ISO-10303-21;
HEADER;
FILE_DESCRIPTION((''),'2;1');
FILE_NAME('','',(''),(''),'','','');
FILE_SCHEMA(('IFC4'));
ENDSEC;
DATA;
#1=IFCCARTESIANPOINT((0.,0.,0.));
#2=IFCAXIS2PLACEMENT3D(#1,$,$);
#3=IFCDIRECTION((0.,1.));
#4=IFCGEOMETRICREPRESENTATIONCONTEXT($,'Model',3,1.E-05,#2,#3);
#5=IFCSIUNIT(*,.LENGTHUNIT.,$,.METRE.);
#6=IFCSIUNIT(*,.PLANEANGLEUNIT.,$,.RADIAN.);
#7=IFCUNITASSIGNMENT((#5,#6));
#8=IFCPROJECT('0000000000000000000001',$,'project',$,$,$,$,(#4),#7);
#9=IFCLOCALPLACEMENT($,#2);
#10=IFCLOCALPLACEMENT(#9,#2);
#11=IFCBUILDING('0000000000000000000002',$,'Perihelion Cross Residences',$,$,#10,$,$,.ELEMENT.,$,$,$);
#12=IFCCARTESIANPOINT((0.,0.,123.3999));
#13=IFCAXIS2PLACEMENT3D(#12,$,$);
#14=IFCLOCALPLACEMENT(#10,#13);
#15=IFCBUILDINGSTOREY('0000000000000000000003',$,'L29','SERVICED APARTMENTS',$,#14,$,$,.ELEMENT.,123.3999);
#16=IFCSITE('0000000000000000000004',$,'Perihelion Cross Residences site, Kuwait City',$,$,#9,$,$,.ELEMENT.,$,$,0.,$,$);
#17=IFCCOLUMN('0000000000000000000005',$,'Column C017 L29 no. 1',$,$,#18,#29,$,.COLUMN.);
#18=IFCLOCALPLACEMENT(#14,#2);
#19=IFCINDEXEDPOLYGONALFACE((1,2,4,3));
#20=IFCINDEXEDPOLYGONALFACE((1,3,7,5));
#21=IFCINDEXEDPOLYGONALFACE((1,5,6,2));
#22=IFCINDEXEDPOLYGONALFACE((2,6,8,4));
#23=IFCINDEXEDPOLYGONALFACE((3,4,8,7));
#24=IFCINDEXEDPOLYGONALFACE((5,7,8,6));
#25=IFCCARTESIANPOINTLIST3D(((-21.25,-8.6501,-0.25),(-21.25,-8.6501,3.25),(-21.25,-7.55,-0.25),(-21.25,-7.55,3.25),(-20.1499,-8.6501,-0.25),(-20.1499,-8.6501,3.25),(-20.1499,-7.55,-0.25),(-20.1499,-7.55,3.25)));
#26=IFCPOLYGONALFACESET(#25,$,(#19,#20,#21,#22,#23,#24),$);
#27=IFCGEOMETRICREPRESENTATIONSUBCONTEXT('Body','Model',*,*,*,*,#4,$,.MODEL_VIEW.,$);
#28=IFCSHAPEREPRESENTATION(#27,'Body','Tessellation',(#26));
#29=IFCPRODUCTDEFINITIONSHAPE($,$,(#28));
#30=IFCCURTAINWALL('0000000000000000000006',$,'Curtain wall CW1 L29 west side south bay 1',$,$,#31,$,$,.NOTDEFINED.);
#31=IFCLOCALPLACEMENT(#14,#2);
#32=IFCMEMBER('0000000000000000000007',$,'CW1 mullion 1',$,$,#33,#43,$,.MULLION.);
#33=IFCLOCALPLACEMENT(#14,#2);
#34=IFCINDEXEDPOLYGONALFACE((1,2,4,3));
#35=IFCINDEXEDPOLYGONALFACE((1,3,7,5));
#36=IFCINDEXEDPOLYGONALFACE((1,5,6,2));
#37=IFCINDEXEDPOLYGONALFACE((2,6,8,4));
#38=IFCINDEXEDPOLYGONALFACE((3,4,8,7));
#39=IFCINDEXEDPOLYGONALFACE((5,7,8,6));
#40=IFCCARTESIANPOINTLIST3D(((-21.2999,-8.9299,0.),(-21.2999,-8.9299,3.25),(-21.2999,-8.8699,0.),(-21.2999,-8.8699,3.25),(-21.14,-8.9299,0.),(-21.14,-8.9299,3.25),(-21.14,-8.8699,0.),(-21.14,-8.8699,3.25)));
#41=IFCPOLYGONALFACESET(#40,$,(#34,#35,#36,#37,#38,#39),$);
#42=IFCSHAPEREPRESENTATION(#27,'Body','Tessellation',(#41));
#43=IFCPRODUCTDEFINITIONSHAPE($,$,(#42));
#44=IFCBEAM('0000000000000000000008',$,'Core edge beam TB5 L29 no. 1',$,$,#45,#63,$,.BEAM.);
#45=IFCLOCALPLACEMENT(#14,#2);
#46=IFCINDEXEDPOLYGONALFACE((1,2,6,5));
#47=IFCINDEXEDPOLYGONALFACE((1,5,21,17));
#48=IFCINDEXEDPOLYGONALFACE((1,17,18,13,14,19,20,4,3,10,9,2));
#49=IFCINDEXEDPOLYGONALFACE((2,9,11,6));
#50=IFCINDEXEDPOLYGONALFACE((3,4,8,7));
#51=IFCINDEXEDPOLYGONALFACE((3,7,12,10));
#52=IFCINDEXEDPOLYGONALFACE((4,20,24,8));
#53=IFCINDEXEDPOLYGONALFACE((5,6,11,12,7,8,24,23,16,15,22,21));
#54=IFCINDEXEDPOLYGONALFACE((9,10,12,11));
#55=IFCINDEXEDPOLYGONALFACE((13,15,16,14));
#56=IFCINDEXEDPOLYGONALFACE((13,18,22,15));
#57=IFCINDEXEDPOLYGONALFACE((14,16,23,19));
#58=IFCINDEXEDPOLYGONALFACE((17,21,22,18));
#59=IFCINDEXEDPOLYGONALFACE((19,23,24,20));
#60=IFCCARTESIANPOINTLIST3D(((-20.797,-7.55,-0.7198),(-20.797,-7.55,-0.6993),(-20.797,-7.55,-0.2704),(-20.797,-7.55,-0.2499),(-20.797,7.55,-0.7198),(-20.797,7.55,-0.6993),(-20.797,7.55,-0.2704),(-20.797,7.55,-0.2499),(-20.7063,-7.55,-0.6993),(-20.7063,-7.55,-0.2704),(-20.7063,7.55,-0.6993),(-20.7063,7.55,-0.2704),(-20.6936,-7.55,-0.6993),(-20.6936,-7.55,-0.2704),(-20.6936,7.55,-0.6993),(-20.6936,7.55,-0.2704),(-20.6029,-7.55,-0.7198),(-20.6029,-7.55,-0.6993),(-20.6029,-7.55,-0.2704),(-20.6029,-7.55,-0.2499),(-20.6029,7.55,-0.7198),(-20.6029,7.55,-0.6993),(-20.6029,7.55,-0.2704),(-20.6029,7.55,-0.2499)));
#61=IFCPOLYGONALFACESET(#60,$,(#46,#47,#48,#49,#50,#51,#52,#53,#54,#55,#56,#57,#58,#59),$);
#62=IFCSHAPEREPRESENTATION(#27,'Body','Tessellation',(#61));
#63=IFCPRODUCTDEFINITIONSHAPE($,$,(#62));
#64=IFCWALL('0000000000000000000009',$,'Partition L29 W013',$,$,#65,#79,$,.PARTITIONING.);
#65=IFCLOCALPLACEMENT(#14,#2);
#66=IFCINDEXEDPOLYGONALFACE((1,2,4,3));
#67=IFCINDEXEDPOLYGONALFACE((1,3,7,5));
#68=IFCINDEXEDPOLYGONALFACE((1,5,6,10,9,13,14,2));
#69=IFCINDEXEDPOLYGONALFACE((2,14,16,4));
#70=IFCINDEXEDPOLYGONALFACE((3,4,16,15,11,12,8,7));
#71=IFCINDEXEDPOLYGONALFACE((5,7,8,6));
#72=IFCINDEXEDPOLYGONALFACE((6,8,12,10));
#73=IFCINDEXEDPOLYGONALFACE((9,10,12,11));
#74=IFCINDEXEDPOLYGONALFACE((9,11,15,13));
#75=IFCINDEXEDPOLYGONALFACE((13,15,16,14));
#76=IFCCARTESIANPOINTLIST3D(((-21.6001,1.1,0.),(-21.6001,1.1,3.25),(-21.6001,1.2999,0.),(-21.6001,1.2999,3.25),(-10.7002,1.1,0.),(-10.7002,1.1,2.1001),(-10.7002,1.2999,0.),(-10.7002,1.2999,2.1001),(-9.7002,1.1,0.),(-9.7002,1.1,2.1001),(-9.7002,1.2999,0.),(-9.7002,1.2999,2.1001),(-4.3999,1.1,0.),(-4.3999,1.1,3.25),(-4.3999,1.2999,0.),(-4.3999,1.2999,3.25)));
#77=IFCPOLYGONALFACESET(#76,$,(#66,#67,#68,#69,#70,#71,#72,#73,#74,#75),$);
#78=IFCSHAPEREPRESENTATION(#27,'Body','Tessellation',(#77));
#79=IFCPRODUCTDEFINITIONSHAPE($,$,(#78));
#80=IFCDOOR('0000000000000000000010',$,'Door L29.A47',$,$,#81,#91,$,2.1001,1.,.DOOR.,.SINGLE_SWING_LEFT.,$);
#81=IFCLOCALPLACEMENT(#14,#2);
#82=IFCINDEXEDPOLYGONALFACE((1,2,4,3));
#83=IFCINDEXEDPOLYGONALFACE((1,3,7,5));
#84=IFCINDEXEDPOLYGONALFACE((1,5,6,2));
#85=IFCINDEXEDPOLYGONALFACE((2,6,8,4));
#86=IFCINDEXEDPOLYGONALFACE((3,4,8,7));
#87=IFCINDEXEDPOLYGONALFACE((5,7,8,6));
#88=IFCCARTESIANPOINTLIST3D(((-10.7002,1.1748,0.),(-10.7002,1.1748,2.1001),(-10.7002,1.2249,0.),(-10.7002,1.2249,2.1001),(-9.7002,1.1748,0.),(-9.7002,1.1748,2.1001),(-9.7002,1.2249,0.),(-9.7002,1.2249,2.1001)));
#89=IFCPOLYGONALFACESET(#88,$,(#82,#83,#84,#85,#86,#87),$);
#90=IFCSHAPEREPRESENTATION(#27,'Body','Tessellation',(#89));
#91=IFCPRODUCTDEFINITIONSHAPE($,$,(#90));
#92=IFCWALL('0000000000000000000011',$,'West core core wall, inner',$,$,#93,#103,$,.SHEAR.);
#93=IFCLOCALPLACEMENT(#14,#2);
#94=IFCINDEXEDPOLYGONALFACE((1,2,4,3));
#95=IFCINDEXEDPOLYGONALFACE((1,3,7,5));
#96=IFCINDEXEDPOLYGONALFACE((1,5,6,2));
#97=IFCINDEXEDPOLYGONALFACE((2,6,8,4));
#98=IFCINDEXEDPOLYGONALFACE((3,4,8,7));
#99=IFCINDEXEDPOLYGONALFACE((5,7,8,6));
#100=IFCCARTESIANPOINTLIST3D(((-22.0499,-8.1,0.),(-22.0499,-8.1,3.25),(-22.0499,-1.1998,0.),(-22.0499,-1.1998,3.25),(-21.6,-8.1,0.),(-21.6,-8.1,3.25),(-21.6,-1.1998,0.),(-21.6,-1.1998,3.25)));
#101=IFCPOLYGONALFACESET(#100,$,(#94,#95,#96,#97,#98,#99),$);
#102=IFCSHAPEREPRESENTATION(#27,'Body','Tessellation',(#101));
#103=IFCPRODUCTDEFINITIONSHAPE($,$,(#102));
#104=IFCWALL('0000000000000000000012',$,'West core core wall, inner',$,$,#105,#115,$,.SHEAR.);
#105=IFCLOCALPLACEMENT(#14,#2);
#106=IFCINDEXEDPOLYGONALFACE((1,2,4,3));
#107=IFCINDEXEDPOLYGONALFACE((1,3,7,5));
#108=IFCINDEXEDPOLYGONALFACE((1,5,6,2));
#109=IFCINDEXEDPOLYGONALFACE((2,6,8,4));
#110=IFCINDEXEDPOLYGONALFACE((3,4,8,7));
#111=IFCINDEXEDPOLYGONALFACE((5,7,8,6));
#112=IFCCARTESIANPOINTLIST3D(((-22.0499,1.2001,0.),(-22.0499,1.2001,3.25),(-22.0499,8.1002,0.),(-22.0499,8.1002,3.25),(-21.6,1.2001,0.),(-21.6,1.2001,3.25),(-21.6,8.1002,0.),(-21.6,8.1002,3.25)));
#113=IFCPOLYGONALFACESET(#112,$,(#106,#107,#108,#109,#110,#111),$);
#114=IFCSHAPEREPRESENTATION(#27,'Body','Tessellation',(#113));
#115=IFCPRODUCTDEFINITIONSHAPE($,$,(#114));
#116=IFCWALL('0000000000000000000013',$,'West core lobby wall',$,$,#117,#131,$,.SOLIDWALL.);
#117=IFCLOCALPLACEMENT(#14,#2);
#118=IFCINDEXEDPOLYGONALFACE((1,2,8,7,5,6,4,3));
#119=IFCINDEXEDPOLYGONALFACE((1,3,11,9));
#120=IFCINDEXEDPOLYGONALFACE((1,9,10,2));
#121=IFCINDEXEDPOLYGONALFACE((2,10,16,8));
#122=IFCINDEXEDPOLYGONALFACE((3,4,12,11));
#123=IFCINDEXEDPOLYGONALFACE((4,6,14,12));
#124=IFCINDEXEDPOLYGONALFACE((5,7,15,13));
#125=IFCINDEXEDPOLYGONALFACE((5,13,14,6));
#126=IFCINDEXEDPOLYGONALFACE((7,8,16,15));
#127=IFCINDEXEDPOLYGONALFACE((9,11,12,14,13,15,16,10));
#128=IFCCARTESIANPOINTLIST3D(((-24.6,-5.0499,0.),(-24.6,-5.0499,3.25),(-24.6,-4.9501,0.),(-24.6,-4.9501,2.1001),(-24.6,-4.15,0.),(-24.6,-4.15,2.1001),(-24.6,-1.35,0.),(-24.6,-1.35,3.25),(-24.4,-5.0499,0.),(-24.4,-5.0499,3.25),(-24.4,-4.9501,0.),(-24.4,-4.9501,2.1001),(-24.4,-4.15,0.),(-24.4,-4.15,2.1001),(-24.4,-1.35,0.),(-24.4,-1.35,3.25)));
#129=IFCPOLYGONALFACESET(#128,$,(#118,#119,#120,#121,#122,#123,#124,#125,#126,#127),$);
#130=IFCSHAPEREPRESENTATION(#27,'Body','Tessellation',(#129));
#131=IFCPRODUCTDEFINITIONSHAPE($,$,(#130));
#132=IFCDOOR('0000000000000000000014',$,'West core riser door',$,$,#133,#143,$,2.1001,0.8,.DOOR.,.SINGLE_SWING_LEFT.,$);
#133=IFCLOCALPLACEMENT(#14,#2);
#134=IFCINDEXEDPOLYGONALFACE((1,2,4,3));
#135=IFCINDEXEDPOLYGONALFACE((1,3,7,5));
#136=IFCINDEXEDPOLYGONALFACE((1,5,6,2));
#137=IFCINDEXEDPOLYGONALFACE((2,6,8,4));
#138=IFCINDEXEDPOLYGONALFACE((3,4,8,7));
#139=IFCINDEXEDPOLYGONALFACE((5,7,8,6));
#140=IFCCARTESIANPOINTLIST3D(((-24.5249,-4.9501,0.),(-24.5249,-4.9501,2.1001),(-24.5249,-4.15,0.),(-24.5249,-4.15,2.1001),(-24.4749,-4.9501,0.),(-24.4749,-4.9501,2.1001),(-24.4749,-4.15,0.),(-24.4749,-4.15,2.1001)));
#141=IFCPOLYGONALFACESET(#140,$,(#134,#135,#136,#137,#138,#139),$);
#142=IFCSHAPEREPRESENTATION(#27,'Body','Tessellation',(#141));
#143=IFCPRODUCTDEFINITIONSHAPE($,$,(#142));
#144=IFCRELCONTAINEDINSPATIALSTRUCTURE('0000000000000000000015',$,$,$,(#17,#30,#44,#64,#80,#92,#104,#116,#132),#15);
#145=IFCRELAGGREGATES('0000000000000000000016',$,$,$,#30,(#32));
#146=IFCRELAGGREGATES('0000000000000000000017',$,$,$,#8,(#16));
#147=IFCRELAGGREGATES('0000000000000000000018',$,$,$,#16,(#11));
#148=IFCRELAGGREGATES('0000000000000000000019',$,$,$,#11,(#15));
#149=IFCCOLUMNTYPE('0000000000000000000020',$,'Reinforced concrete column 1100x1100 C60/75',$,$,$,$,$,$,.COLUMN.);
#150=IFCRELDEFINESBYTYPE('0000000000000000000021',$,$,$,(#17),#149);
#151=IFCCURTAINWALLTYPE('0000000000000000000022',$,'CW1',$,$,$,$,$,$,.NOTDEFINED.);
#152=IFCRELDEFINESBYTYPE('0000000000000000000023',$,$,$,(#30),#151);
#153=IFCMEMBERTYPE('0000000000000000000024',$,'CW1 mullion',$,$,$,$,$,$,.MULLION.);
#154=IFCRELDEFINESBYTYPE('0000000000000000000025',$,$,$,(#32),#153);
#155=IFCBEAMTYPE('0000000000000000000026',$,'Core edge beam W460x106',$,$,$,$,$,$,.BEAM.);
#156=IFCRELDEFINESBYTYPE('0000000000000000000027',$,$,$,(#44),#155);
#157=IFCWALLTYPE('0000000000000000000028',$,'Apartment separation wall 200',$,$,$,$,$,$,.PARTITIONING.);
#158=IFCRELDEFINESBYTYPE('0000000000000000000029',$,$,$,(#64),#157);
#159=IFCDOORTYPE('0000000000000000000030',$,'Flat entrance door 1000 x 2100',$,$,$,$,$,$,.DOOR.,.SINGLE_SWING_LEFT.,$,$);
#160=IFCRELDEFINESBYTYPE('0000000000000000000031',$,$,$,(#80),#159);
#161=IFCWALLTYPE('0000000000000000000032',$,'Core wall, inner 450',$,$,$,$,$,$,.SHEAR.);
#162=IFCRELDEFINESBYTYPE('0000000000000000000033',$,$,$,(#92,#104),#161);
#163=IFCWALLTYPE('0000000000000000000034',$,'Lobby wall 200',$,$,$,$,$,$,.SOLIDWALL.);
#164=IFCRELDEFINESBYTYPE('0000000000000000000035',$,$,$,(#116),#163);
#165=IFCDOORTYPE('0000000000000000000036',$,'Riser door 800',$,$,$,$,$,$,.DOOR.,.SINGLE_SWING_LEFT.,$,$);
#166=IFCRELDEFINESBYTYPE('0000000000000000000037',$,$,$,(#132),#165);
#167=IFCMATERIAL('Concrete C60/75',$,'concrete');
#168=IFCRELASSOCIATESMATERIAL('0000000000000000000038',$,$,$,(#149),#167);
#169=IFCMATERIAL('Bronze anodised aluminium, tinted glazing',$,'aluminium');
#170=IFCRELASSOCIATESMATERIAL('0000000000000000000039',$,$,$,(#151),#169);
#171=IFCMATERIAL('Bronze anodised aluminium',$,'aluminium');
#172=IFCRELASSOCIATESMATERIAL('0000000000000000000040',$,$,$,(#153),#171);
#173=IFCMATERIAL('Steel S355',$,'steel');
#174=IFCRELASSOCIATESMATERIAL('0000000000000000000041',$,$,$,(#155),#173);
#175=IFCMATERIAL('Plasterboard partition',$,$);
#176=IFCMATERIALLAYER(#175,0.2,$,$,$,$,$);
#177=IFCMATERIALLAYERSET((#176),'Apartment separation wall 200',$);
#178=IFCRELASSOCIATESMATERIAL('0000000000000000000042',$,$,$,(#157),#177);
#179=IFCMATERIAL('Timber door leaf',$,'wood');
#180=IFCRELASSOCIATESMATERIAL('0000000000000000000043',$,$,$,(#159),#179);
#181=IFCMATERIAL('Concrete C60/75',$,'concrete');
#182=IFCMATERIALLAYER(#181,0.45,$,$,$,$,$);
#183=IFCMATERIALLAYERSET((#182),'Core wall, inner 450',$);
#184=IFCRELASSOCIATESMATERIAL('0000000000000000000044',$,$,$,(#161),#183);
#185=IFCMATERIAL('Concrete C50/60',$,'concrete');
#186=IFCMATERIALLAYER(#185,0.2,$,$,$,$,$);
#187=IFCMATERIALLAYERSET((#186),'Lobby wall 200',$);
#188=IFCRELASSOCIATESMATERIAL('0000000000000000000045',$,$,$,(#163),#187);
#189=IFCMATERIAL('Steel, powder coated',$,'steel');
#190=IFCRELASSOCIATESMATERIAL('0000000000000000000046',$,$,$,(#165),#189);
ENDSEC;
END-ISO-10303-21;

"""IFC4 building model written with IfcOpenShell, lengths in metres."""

from ifc_helpers import new_model, si_unit, direction, frame, frame_2d, origin, origin_2d, place, context, subcontext, project, spatial, rectangle, i_section, extrude, material, layer, layer_set, material_profile, profile_set, type_object, element, fill, aggregate, save


model = new_model("IFC4")

# Units and contexts
model_context = context("Model", 3, precision=1e-05, world=origin(), true_north=direction((0.0, 1.0)))
body_context = subcontext(model_context, "Body", "Model", "MODEL_VIEW")
ifc_project = project(units=[si_unit("LENGTHUNIT", "METRE"), si_unit("PLANEANGLEUNIT", "RADIAN")], contexts=[model_context])

# Site, building, storey
site_placement = place(None, origin())
site = spatial("IfcSite", under=ifc_project, at=site_placement, Name="Perihelion Cross Residences site, Kuwait City", CompositionType="ELEMENT", RefElevation=0.0)
building_placement = place(site_placement, origin())
building = spatial("IfcBuilding", under=site, at=building_placement, Name="Perihelion Cross Residences", CompositionType="ELEMENT")
storey_placement = place(building_placement, frame((0.0, 0.0, 123.3999)))
storey = spatial("IfcBuildingStorey", under=building, at=storey_placement, Name="L29", Description="SERVICED APARTMENTS", CompositionType="ELEMENT", Elevation=123.3999)

# Column
ifc_material_1 = material(Name="Concrete C60/75", Category="concrete")
ifc_material_profile_1 = material_profile(ifc_material_1, rectangle(XDim=1.1001, YDim=1.1001, at=origin_2d()), Name="RC 1100x1100")
ifc_profile_set_1 = profile_set([ifc_material_profile_1], Name="Concrete C60/75")
column_type = type_object("IfcColumnType", Name="Reinforced concrete column 1100x1100 C60/75", PredefinedType="COLUMN", material=ifc_profile_set_1)
column_placement = place(storey_placement, frame((-20.7, -8.1001, -0.25), z_axis=(0.0, 0.0, 1.0), x_axis=(1.0, 0.0, 0.0)))
element("IfcColumn", 1, at=column_placement, inside=storey, type_object=column_type, Name="Column C017 L29 no. 1", PredefinedType="COLUMN", context=body_context, shape_type="SweptSolid", body=[
    extrude(rectangle(XDim=1.1001, YDim=1.1001, at=origin_2d()), origin(), (0.0, 0.0, 1.0), 3.5),
])

# Curtain wall, member
ifc_material_2 = material(Name="Bronze anodised aluminium, tinted glazing", Category="aluminium")
curtain_wall_type = type_object("IfcCurtainWallType", Name="CW1", PredefinedType="NOTDEFINED", material=ifc_material_2)
curtain_wall_placement = place(storey_placement, origin())
curtain_wall = element("IfcCurtainWall", 2, at=curtain_wall_placement, inside=storey, type_object=curtain_wall_type, Name="Curtain wall CW1 L29 west side south bay 1", PredefinedType="NOTDEFINED")
ifc_material_3 = material(Name="Bronze anodised aluminium", Category="aluminium")
ifc_material_profile_2 = material_profile(ifc_material_3, rectangle(XDim=0.0601, YDim=0.1599, at=origin_2d()), Name="CW1 mullion")
ifc_profile_set_2 = profile_set([ifc_material_profile_2], Name="Bronze anodised aluminium")
member_type = type_object("IfcMemberType", Name="CW1 mullion", PredefinedType="MULLION", material=ifc_profile_set_2)
member_placement = place(storey_placement, frame((-21.22, -8.8999, 0.0), z_axis=(0.0, 0.0, 1.0), x_axis=(0.0, 1.0, 0.0)))
member = element("IfcMember", 3, at=member_placement, type_object=member_type, Name="CW1 mullion 1", PredefinedType="MULLION", context=body_context, shape_type="SweptSolid", body=[
    extrude(rectangle(XDim=0.0601, YDim=0.1599, at=origin_2d()), origin(), (0.0, 0.0, 1.0), 3.25),
])
aggregate(curtain_wall, [member])

# Beam
ifc_material_4 = material(Name="Steel S355", Category="steel")
ifc_material_profile_3 = material_profile(ifc_material_4, i_section(OverallWidth=0.1941, OverallDepth=0.47, WebThickness=0.0127, FlangeThickness=0.0205, at=origin_2d()), Name="W460x106")
ifc_profile_set_3 = profile_set([ifc_material_profile_3], Name="Steel S355")
beam_type = type_object("IfcBeamType", Name="Core edge beam W460x106", PredefinedType="BEAM", material=ifc_profile_set_3)
beam_placement = place(storey_placement, frame((-20.7, -7.55, -0.4849), z_axis=(0.0, 1.0, 0.0), x_axis=(-1.0, 0.0, 0.0)))
element("IfcBeam", 4, at=beam_placement, inside=storey, type_object=beam_type, Name="Core edge beam TB5 L29 no. 1", PredefinedType="BEAM", context=body_context, shape_type="SweptSolid", body=[
    extrude(i_section(OverallWidth=0.1941, OverallDepth=0.47, WebThickness=0.0127, FlangeThickness=0.0205, at=origin_2d()), origin(), (0.0, 0.0, 1.0), 15.1001),
])

# Wall, opening, door
ifc_material_5 = material(Name="Plasterboard partition")
ifc_layer_1 = layer(ifc_material_5, 0.2)
ifc_layer_set_1 = layer_set([ifc_layer_1], Name="Apartment separation wall 200")
wall_type_1 = type_object("IfcWallType", Name="Apartment separation wall 200", PredefinedType="PARTITIONING", material=ifc_layer_set_1)
wall_1_placement = place(storey_placement, frame((-21.6001, 1.2, 0.0), z_axis=(0.0, 0.0, 1.0), x_axis=(1.0, 0.0, 0.0)))
wall_1 = element("IfcWall", 5, at=wall_1_placement, inside=storey, type_object=wall_type_1, Name="Partition L29 W013", PredefinedType="PARTITIONING", context=body_context, shape_type="SweptSolid", body=[
    extrude(rectangle(XDim=17.2002, YDim=0.2, at=frame_2d((8.6001, 0.0))), origin(), (0.0, 0.0, 1.0), 3.25),
])
opening_1_placement = place(wall_1_placement, frame((10.8999, 0.0, 0.0)))
opening_1 = element("IfcOpeningElement", 6, at=opening_1_placement, cuts=wall_1, PredefinedType="OPENING", context=body_context, shape_type="SweptSolid", body=[
    extrude(rectangle(XDim=1.0, YDim=2.1001, at=frame_2d((0.5, 1.05))), frame((0.0, 0.1099, 0.0), z_axis=(0.0, -1.0, 0.0), x_axis=(1.0, 0.0, 0.0)), (0.0, 0.0, 1.0), 0.22),
])
ifc_material_6 = material(Name="Timber door leaf", Category="wood")
door_type_1 = type_object("IfcDoorType", Name="Flat entrance door 1000 x 2100", OperationType="SINGLE_SWING_LEFT", PredefinedType="DOOR", material=ifc_material_6)
door_1_placement = place(opening_1_placement, origin())
door_1 = element("IfcDoor", 7, at=door_1_placement, inside=storey, type_object=door_type_1, Name="Door L29.A47", OperationType="SINGLE_SWING_LEFT", OverallHeight=2.1001, OverallWidth=1.0, PredefinedType="DOOR", context=body_context, shape_type="SweptSolid", body=[
    extrude(rectangle(XDim=1.0, YDim=2.1001, at=frame_2d((0.5, 1.05))), frame((0.0, 0.0249, 0.0), z_axis=(0.0, -1.0, 0.0), x_axis=(1.0, 0.0, 0.0)), (0.0, 0.0, 1.0), 0.05),
])
fill(opening_1, door_1)

# Walls
ifc_material_7 = material(Name="Concrete C60/75", Category="concrete")
ifc_layer_2 = layer(ifc_material_7, 0.45)
ifc_layer_set_2 = layer_set([ifc_layer_2], Name="Core wall, inner 450")
wall_type_2 = type_object("IfcWallType", Name="Core wall, inner 450", PredefinedType="SHEAR", material=ifc_layer_set_2)
for number, where, z_axis, x_axis, name in (
    (8, (-21.825, -8.1001, 0.0), (0.0, 0.0, 1.0), (0.0, 1.0, 0.0), "West core core wall, inner"),
    (9, (-21.825, 1.2, 0.0), (0.0, 0.0, 1.0), (0.0, 1.0, 0.0), "West core core wall, inner"),
):
    element("IfcWall", number, at=place(storey_placement, frame(where, z_axis=z_axis, x_axis=x_axis)), inside=storey, type_object=wall_type_2, Name=name, PredefinedType="SHEAR", context=body_context, shape_type="SweptSolid", body=[
        extrude(rectangle(XDim=6.9001, YDim=0.45, at=frame_2d((3.4502, 0.0))), origin(), (0.0, 0.0, 1.0), 3.25),
    ])

# Wall, opening, door
ifc_material_8 = material(Name="Concrete C50/60", Category="concrete")
ifc_layer_3 = layer(ifc_material_8, 0.2)
ifc_layer_set_3 = layer_set([ifc_layer_3], Name="Lobby wall 200")
wall_type_3 = type_object("IfcWallType", Name="Lobby wall 200", PredefinedType="SOLIDWALL", material=ifc_layer_set_3)
wall_2_placement = place(storey_placement, frame((-24.5, -5.05, 0.0), z_axis=(0.0, 0.0, 1.0), x_axis=(0.0, 1.0, 0.0)))
wall_2 = element("IfcWall", 10, at=wall_2_placement, inside=storey, type_object=wall_type_3, Name="West core lobby wall", PredefinedType="SOLIDWALL", context=body_context, shape_type="SweptSolid", body=[
    extrude(rectangle(XDim=3.7, YDim=0.2, at=frame_2d((1.8501, 0.0))), origin(), (0.0, 0.0, 1.0), 3.25),
])
opening_2_placement = place(wall_2_placement, frame((0.1001, 0.0, 0.0)))
opening_2 = element("IfcOpeningElement", 11, at=opening_2_placement, cuts=wall_2, PredefinedType="OPENING", context=body_context, shape_type="SweptSolid", body=[
    extrude(rectangle(XDim=0.8, YDim=2.1001, at=frame_2d((0.3999, 1.05))), frame((0.0, 0.1099, 0.0), z_axis=(0.0, -1.0, 0.0), x_axis=(1.0, 0.0, 0.0)), (0.0, 0.0, 1.0), 0.22),
])
ifc_material_9 = material(Name="Steel, powder coated", Category="steel")
door_type_2 = type_object("IfcDoorType", Name="Riser door 800", OperationType="SINGLE_SWING_LEFT", PredefinedType="DOOR", material=ifc_material_9)
door_2_placement = place(opening_2_placement, origin())
door_2 = element("IfcDoor", 12, at=door_2_placement, inside=storey, type_object=door_type_2, Name="West core riser door", OperationType="SINGLE_SWING_LEFT", OverallHeight=2.1001, OverallWidth=0.8, PredefinedType="DOOR", context=body_context, shape_type="SweptSolid", body=[
    extrude(rectangle(XDim=0.8, YDim=2.1001, at=frame_2d((0.3999, 1.05))), frame((0.0, 0.0249, 0.0), z_axis=(0.0, -1.0, 0.0), x_axis=(1.0, 0.0, 0.0)), (0.0, 0.0, 1.0), 0.05),
])
fill(opening_2, door_2)

save(model, "model.ifc")
